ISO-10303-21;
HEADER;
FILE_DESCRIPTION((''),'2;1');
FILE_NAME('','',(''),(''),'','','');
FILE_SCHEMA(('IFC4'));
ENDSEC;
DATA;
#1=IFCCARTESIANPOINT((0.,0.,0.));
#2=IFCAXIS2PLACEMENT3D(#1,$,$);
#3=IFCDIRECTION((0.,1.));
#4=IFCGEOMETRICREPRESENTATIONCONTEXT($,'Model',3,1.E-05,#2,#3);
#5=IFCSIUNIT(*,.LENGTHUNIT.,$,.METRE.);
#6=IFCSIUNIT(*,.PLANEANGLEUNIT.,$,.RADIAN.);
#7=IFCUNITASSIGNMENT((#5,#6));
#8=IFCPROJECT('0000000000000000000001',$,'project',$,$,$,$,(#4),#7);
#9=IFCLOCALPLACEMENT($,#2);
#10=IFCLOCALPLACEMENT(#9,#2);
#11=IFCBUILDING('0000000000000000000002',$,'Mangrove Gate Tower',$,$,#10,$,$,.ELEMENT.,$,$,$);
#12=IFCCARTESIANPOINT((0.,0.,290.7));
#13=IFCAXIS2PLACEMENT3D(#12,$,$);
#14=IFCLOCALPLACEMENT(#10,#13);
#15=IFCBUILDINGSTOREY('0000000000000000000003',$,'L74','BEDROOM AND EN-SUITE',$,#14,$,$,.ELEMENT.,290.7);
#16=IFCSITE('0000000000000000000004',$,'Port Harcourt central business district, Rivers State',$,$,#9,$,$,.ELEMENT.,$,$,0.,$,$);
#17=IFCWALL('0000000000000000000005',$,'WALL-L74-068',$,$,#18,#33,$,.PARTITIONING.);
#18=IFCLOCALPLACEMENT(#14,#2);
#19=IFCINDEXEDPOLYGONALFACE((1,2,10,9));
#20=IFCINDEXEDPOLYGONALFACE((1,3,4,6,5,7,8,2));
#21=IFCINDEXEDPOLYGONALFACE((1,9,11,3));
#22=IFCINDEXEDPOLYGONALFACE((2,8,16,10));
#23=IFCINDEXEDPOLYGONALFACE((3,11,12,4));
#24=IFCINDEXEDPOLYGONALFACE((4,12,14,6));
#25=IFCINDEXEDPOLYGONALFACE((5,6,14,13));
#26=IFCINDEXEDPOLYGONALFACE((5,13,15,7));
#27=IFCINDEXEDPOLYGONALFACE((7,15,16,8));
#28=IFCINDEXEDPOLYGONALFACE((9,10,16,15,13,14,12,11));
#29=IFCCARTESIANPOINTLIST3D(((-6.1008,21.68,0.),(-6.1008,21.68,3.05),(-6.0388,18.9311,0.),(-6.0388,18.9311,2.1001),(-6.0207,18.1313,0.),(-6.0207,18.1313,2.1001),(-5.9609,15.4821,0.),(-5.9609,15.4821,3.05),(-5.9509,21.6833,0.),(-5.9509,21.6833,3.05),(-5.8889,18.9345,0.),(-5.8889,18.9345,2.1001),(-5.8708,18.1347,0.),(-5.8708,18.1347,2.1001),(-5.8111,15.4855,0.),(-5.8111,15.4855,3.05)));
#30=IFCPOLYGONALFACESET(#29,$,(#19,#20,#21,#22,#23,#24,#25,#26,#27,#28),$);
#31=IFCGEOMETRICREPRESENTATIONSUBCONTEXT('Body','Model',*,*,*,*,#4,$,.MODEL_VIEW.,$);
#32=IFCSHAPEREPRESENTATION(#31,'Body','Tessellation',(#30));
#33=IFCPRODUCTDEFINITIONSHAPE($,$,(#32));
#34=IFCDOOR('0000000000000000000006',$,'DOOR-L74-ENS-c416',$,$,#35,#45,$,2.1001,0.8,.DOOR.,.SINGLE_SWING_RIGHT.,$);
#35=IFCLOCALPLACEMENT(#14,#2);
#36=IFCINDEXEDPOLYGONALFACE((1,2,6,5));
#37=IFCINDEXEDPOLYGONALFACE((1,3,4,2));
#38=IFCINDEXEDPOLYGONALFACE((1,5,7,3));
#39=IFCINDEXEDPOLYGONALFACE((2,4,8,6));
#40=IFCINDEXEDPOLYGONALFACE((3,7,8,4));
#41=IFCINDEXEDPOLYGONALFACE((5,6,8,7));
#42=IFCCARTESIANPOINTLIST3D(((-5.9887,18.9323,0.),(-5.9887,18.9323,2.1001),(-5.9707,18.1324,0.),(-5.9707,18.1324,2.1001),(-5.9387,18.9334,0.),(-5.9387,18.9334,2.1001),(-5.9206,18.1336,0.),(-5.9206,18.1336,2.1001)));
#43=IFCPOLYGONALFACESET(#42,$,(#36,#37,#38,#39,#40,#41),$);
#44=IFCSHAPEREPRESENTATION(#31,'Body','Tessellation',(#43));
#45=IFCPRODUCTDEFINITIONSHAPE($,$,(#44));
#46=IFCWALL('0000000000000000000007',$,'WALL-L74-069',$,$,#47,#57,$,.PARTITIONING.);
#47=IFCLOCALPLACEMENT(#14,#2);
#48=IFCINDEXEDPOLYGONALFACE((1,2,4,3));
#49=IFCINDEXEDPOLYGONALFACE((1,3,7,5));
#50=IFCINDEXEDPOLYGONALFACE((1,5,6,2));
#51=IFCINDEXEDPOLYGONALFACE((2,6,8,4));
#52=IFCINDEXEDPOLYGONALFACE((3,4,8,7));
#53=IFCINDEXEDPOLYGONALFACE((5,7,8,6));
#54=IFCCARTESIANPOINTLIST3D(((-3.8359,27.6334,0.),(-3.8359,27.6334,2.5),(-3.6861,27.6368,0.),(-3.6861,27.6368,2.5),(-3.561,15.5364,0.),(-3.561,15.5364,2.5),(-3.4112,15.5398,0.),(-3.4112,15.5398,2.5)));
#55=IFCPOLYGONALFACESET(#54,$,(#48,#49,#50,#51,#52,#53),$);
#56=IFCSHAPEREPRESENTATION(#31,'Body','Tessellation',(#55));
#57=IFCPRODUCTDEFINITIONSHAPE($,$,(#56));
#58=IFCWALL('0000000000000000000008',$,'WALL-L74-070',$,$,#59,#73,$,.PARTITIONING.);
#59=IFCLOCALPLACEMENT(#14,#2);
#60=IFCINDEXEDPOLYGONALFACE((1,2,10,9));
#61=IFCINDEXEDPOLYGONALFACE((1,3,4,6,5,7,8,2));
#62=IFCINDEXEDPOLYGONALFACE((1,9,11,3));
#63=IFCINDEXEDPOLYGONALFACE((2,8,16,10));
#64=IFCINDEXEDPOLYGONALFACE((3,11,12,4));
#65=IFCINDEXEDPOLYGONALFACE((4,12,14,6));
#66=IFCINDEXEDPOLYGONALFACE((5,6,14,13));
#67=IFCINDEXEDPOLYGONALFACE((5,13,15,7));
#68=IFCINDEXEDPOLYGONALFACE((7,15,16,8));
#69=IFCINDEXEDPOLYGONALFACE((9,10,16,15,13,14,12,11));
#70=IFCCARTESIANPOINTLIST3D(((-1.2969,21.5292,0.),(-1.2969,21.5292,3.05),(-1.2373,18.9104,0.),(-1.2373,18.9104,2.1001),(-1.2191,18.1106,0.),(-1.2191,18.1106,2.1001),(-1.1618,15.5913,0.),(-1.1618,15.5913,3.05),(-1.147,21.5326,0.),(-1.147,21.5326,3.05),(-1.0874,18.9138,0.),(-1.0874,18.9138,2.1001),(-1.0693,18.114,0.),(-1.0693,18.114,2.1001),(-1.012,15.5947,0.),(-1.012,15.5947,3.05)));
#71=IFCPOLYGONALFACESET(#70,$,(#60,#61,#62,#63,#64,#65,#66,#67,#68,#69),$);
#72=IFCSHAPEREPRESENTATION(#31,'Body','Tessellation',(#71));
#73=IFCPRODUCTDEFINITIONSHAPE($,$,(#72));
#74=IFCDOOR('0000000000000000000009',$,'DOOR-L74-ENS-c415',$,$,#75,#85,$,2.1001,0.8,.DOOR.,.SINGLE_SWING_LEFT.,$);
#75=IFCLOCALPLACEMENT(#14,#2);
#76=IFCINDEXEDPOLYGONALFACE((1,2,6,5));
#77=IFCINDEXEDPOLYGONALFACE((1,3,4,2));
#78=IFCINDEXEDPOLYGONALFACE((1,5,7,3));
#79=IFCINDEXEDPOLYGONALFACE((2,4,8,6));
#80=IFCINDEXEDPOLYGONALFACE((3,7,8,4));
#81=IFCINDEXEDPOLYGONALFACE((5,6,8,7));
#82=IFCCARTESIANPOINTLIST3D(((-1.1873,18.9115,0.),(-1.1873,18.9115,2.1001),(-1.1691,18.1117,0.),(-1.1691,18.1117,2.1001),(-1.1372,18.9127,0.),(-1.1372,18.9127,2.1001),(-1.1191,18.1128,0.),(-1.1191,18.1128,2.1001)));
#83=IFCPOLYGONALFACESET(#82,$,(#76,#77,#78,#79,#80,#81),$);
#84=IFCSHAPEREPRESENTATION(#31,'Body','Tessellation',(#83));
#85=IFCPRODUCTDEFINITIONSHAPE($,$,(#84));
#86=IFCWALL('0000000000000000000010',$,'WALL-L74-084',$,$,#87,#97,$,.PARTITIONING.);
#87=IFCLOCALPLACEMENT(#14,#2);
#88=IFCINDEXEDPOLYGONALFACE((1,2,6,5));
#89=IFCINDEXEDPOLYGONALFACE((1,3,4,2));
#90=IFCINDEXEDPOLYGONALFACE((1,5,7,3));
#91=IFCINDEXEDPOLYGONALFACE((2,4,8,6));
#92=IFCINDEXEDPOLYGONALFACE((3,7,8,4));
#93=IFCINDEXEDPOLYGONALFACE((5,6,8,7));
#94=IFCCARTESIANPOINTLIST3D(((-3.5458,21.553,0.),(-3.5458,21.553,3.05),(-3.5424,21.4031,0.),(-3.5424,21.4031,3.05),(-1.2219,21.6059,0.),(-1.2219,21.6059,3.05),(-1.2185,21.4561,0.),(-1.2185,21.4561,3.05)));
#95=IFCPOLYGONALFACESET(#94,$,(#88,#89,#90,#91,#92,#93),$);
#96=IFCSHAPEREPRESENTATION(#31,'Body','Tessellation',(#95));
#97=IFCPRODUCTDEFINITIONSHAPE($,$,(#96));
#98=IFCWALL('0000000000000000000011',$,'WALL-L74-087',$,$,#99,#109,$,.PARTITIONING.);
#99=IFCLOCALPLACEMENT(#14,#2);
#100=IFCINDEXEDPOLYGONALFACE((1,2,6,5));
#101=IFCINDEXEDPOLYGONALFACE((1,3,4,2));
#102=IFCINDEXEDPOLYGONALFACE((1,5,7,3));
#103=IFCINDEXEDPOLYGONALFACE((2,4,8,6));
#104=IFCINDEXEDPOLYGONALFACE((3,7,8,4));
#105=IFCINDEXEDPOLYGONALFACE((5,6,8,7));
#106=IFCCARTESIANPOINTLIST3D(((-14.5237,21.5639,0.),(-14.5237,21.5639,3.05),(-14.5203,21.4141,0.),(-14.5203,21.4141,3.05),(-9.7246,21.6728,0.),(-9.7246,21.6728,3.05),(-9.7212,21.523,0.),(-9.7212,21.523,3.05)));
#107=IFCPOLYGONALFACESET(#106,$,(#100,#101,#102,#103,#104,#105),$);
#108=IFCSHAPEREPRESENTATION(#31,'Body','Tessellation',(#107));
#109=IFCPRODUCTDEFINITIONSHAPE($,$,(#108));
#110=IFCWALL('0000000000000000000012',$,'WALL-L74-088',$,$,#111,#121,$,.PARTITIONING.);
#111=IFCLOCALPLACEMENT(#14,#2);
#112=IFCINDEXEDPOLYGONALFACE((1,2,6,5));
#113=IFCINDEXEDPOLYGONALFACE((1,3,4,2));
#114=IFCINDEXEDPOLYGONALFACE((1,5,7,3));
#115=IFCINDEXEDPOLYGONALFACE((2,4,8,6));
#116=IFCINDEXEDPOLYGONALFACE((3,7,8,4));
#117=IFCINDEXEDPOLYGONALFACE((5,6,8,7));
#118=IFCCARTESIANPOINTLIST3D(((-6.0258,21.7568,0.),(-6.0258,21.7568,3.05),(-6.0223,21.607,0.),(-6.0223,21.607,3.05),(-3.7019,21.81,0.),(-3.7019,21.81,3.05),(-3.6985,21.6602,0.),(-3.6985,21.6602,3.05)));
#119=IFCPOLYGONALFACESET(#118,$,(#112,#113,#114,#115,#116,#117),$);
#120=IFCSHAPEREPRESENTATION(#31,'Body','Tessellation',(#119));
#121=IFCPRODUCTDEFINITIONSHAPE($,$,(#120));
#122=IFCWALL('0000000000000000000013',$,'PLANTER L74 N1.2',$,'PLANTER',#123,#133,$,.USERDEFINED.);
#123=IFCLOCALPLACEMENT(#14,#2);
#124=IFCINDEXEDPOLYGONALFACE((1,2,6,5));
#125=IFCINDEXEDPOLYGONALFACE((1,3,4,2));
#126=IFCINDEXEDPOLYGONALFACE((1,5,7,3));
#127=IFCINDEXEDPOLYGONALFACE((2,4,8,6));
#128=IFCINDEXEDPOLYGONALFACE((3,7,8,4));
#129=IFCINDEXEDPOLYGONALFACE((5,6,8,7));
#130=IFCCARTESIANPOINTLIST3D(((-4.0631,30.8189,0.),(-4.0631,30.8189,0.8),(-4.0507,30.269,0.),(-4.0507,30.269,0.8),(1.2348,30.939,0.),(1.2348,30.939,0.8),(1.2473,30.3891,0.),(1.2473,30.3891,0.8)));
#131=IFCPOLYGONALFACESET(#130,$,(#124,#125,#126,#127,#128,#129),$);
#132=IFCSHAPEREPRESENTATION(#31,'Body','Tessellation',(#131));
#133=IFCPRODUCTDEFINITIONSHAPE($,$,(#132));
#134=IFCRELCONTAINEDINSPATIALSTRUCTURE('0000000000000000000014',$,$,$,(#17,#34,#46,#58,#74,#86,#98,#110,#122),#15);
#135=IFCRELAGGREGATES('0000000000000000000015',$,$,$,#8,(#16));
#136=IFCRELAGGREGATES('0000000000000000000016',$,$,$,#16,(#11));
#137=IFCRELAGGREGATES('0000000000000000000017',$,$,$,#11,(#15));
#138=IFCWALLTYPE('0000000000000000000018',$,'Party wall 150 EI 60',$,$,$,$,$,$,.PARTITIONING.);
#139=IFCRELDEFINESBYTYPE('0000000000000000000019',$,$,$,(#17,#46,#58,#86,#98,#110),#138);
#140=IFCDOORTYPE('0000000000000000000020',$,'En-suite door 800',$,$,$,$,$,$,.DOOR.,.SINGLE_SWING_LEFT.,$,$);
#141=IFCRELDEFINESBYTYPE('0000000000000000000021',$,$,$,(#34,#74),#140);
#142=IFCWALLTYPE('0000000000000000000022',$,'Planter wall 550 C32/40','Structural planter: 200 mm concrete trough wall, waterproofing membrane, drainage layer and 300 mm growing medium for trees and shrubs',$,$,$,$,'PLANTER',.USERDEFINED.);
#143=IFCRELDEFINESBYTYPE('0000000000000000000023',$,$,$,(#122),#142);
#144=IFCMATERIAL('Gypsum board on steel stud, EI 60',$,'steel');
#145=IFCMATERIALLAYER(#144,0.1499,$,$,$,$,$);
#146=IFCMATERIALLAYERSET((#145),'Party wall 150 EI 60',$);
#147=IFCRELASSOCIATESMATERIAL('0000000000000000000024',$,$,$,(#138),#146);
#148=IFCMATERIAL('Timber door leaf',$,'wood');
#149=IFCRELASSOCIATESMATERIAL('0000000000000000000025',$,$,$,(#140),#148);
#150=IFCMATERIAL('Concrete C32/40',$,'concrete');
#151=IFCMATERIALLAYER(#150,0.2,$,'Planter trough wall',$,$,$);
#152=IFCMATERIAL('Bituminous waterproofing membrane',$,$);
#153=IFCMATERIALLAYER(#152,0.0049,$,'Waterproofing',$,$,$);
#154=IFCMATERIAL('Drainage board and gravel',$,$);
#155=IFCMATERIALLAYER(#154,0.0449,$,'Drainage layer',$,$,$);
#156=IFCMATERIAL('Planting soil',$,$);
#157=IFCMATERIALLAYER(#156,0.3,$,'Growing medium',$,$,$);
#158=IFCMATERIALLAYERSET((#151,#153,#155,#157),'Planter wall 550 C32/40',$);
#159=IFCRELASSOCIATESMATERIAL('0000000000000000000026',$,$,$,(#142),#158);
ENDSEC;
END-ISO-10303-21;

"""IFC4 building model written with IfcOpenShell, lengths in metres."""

from ifc_helpers import new_model, si_unit, direction, frame, frame_2d, origin, place, context, subcontext, project, spatial, rectangle, extrude, material, layer, layer_set, type_object, element, fill, save


model = new_model("IFC4")

# Units and contexts
model_context = context("Model", 3, precision=1e-05, world=origin(), true_north=direction((0.0, 1.0)))
body_context = subcontext(model_context, "Body", "Model", "MODEL_VIEW")
ifc_project = project(units=[si_unit("LENGTHUNIT", "METRE"), si_unit("PLANEANGLEUNIT", "RADIAN")], contexts=[model_context])

# Site, building, storey
site_placement = place(None, origin())
site = spatial("IfcSite", under=ifc_project, at=site_placement, Name="Port Harcourt central business district, Rivers State", CompositionType="ELEMENT", RefElevation=0.0)
building_placement = place(site_placement, origin())
building = spatial("IfcBuilding", under=site, at=building_placement, Name="Mangrove Gate Tower", CompositionType="ELEMENT")
storey_placement = place(building_placement, frame((0.0, 0.0, 290.7)))
storey = spatial("IfcBuildingStorey", under=building, at=storey_placement, Name="L74", Description="BEDROOM AND EN-SUITE", CompositionType="ELEMENT", Elevation=290.7)

# Shared definitions
ifc_material_1 = material(Name="Gypsum board on steel stud, EI 60", Category="steel")
ifc_layer_1 = layer(ifc_material_1, 0.1499)
ifc_layer_set_1 = layer_set([ifc_layer_1], Name="Party wall 150 EI 60")
wall_type_1 = type_object("IfcWallType", Name="Party wall 150 EI 60", PredefinedType="PARTITIONING", material=ifc_layer_set_1)

# Shared definitions
ifc_material_2 = material(Name="Timber door leaf", Category="wood")
door_type = type_object("IfcDoorType", Name="En-suite door 800", OperationType="SINGLE_SWING_LEFT", PredefinedType="DOOR", material=ifc_material_2)

# Wall, opening, door
wall_1_placement = place(storey_placement, frame((-5.886, 15.4839, 0.0), z_axis=(0.0, 0.0, 1.0), x_axis=(-0.022565, 0.999745, 0.0)))
wall_1 = element("IfcWall", 1, at=wall_1_placement, inside=storey, type_object=wall_type_1, Name="WALL-L74-068", PredefinedType="PARTITIONING", context=body_context, shape_type="SweptSolid", body=[
    extrude(rectangle(XDim=6.1995, YDim=0.1499, at=frame_2d((3.0996, 0.0))), origin(), (0.0, 0.0, 1.0), 3.05),
])
opening_1_placement = place(wall_1_placement, frame((2.6499, 0.0, 0.0)))
opening_1 = element("IfcOpeningElement", 2, at=opening_1_placement, cuts=wall_1, PredefinedType="OPENING", context=body_context, shape_type="SweptSolid", body=[
    extrude(rectangle(XDim=0.8, YDim=2.1001, at=frame_2d((0.3999, 1.05))), frame((0.0, 0.085, 0.0), z_axis=(0.0, -1.0, 0.0), x_axis=(1.0, 0.0, 0.0)), (0.0, 0.0, 1.0), 0.1699),
])
door_1_placement = place(opening_1_placement, origin())
door_1 = element("IfcDoor", 3, at=door_1_placement, inside=storey, type_object=door_type, Name="DOOR-L74-ENS-c416", OperationType="SINGLE_SWING_RIGHT", OverallHeight=2.1001, OverallWidth=0.8, PredefinedType="DOOR", context=body_context, shape_type="SweptSolid", body=[
    extrude(rectangle(XDim=0.8, YDim=2.1001, at=frame_2d((0.3999, 1.05))), frame((0.0, 0.0249, 0.0), z_axis=(0.0, -1.0, 0.0), x_axis=(1.0, 0.0, 0.0)), (0.0, 0.0, 1.0), 0.05),
])
fill(opening_1, door_1)

# Wall
wall_2_placement = place(storey_placement, frame((-3.4861, 15.5381, 0.0), z_axis=(0.0, 0.0, 1.0), x_axis=(-0.022719, 0.999742, 0.0)))
element("IfcWall", 4, at=wall_2_placement, inside=storey, type_object=wall_type_1, Name="WALL-L74-069", PredefinedType="PARTITIONING", context=body_context, shape_type="SweptSolid", body=[
    extrude(rectangle(XDim=12.1001, YDim=0.1499, at=frame_2d((6.05, 0.0))), origin(), (0.0, 0.0, 1.0), 2.5),
])

# Wall, opening, door
wall_3_placement = place(storey_placement, frame((-1.0869, 15.593, 0.0), z_axis=(0.0, 0.0, 1.0), x_axis=(-0.022731, 0.999742, 0.0)))
wall_3 = element("IfcWall", 5, at=wall_3_placement, inside=storey, type_object=wall_type_1, Name="WALL-L74-070", PredefinedType="PARTITIONING", context=body_context, shape_type="SweptSolid", body=[
    extrude(rectangle(XDim=5.9395, YDim=0.1499, at=frame_2d((2.9697, 0.0))), origin(), (0.0, 0.0, 1.0), 3.05),
])
opening_2_placement = place(wall_3_placement, frame((2.52, 0.0, 0.0)))
opening_2 = element("IfcOpeningElement", 6, at=opening_2_placement, cuts=wall_3, PredefinedType="OPENING", context=body_context, shape_type="SweptSolid", body=[
    extrude(rectangle(XDim=0.8, YDim=2.1001, at=frame_2d((0.3999, 1.05))), frame((0.0, 0.085, 0.0), z_axis=(0.0, -1.0, 0.0), x_axis=(1.0, 0.0, 0.0)), (0.0, 0.0, 1.0), 0.1699),
])
door_2_placement = place(opening_2_placement, origin())
door_2 = element("IfcDoor", 7, at=door_2_placement, inside=storey, type_object=door_type, Name="DOOR-L74-ENS-c415", OperationType="SINGLE_SWING_LEFT", OverallHeight=2.1001, OverallWidth=0.8, PredefinedType="DOOR", context=body_context, shape_type="SweptSolid", body=[
    extrude(rectangle(XDim=0.8, YDim=2.1001, at=frame_2d((0.3999, 1.05))), frame((0.0, 0.0249, 0.0), z_axis=(0.0, -1.0, 0.0), x_axis=(1.0, 0.0, 0.0)), (0.0, 0.0, 1.0), 0.05),
])
fill(opening_2, door_2)

# Walls
wall_4_placement = place(storey_placement, frame((-3.5439, 21.478, 0.0), z_axis=(0.0, 0.0, 1.0), x_axis=(0.99974, 0.022791, 0.0)))
element("IfcWall", 8, at=wall_4_placement, inside=storey, type_object=wall_type_1, Name="WALL-L74-084", PredefinedType="PARTITIONING", context=body_context, shape_type="SweptSolid", body=[
    extrude(rectangle(XDim=2.3245, YDim=0.1499, at=frame_2d((1.1621, 0.0))), origin(), (0.0, 0.0, 1.0), 3.05),
])
wall_5_placement = place(storey_placement, frame((-14.522, 21.489, 0.0), z_axis=(0.0, 0.0, 1.0), x_axis=(0.999743, 0.022683, 0.0)))
element("IfcWall", 9, at=wall_5_placement, inside=storey, type_object=wall_type_1, Name="WALL-L74-087", PredefinedType="PARTITIONING", context=body_context, shape_type="SweptSolid", body=[
    extrude(rectangle(XDim=4.8003, YDim=0.1499, at=frame_2d((2.4001, 0.0))), origin(), (0.0, 0.0, 1.0), 3.05),
])
wall_6_placement = place(storey_placement, frame((-6.0239, 21.6819, 0.0), z_axis=(0.0, 0.0, 1.0), x_axis=(0.999738, 0.022896, 0.0)))
element("IfcWall", 10, at=wall_6_placement, inside=storey, type_object=wall_type_1, Name="WALL-L74-088", PredefinedType="PARTITIONING", context=body_context, shape_type="SweptSolid", body=[
    extrude(rectangle(XDim=2.3245, YDim=0.1499, at=frame_2d((1.1621, 0.0))), origin(), (0.0, 0.0, 1.0), 3.05),
])
ifc_material_3 = material(Name="Concrete C32/40", Category="concrete")
ifc_layer_2 = layer(ifc_material_3, 0.2, Name="Planter trough wall")
ifc_material_4 = material(Name="Bituminous waterproofing membrane")
ifc_layer_3 = layer(ifc_material_4, 0.0049, Name="Waterproofing")
ifc_material_5 = material(Name="Drainage board and gravel")
ifc_layer_4 = layer(ifc_material_5, 0.0449, Name="Drainage layer")
ifc_material_6 = material(Name="Planting soil")
ifc_layer_5 = layer(ifc_material_6, 0.3, Name="Growing medium")
ifc_layer_set_2 = layer_set([ifc_layer_2, ifc_layer_3, ifc_layer_4, ifc_layer_5], Name="Planter wall 550 C32/40")
wall_type_2 = type_object("IfcWallType", Name="Planter wall 550 C32/40", Description="Structural planter: 200 mm concrete trough wall, waterproofing membrane, drainage layer and 300 mm growing medium for trees and shrubs", ElementType="PLANTER", PredefinedType="USERDEFINED", material=ifc_layer_set_2)
wall_7_placement = place(storey_placement, frame((-4.0569, 30.5439, 0.0), z_axis=(0.0, 0.0, 1.0), x_axis=(0.999743, 0.022667, 0.0)))
element("IfcWall", 11, at=wall_7_placement, inside=storey, type_object=wall_type_2, Name="PLANTER L74 N1.2", ObjectType="PLANTER", PredefinedType="USERDEFINED", context=body_context, shape_type="SweptSolid", body=[
    extrude(rectangle(XDim=5.2993, YDim=0.55, at=frame_2d((2.6497, 0.0))), origin(), (0.0, 0.0, 1.0), 0.8),
])

save(model, "model.ifc")
